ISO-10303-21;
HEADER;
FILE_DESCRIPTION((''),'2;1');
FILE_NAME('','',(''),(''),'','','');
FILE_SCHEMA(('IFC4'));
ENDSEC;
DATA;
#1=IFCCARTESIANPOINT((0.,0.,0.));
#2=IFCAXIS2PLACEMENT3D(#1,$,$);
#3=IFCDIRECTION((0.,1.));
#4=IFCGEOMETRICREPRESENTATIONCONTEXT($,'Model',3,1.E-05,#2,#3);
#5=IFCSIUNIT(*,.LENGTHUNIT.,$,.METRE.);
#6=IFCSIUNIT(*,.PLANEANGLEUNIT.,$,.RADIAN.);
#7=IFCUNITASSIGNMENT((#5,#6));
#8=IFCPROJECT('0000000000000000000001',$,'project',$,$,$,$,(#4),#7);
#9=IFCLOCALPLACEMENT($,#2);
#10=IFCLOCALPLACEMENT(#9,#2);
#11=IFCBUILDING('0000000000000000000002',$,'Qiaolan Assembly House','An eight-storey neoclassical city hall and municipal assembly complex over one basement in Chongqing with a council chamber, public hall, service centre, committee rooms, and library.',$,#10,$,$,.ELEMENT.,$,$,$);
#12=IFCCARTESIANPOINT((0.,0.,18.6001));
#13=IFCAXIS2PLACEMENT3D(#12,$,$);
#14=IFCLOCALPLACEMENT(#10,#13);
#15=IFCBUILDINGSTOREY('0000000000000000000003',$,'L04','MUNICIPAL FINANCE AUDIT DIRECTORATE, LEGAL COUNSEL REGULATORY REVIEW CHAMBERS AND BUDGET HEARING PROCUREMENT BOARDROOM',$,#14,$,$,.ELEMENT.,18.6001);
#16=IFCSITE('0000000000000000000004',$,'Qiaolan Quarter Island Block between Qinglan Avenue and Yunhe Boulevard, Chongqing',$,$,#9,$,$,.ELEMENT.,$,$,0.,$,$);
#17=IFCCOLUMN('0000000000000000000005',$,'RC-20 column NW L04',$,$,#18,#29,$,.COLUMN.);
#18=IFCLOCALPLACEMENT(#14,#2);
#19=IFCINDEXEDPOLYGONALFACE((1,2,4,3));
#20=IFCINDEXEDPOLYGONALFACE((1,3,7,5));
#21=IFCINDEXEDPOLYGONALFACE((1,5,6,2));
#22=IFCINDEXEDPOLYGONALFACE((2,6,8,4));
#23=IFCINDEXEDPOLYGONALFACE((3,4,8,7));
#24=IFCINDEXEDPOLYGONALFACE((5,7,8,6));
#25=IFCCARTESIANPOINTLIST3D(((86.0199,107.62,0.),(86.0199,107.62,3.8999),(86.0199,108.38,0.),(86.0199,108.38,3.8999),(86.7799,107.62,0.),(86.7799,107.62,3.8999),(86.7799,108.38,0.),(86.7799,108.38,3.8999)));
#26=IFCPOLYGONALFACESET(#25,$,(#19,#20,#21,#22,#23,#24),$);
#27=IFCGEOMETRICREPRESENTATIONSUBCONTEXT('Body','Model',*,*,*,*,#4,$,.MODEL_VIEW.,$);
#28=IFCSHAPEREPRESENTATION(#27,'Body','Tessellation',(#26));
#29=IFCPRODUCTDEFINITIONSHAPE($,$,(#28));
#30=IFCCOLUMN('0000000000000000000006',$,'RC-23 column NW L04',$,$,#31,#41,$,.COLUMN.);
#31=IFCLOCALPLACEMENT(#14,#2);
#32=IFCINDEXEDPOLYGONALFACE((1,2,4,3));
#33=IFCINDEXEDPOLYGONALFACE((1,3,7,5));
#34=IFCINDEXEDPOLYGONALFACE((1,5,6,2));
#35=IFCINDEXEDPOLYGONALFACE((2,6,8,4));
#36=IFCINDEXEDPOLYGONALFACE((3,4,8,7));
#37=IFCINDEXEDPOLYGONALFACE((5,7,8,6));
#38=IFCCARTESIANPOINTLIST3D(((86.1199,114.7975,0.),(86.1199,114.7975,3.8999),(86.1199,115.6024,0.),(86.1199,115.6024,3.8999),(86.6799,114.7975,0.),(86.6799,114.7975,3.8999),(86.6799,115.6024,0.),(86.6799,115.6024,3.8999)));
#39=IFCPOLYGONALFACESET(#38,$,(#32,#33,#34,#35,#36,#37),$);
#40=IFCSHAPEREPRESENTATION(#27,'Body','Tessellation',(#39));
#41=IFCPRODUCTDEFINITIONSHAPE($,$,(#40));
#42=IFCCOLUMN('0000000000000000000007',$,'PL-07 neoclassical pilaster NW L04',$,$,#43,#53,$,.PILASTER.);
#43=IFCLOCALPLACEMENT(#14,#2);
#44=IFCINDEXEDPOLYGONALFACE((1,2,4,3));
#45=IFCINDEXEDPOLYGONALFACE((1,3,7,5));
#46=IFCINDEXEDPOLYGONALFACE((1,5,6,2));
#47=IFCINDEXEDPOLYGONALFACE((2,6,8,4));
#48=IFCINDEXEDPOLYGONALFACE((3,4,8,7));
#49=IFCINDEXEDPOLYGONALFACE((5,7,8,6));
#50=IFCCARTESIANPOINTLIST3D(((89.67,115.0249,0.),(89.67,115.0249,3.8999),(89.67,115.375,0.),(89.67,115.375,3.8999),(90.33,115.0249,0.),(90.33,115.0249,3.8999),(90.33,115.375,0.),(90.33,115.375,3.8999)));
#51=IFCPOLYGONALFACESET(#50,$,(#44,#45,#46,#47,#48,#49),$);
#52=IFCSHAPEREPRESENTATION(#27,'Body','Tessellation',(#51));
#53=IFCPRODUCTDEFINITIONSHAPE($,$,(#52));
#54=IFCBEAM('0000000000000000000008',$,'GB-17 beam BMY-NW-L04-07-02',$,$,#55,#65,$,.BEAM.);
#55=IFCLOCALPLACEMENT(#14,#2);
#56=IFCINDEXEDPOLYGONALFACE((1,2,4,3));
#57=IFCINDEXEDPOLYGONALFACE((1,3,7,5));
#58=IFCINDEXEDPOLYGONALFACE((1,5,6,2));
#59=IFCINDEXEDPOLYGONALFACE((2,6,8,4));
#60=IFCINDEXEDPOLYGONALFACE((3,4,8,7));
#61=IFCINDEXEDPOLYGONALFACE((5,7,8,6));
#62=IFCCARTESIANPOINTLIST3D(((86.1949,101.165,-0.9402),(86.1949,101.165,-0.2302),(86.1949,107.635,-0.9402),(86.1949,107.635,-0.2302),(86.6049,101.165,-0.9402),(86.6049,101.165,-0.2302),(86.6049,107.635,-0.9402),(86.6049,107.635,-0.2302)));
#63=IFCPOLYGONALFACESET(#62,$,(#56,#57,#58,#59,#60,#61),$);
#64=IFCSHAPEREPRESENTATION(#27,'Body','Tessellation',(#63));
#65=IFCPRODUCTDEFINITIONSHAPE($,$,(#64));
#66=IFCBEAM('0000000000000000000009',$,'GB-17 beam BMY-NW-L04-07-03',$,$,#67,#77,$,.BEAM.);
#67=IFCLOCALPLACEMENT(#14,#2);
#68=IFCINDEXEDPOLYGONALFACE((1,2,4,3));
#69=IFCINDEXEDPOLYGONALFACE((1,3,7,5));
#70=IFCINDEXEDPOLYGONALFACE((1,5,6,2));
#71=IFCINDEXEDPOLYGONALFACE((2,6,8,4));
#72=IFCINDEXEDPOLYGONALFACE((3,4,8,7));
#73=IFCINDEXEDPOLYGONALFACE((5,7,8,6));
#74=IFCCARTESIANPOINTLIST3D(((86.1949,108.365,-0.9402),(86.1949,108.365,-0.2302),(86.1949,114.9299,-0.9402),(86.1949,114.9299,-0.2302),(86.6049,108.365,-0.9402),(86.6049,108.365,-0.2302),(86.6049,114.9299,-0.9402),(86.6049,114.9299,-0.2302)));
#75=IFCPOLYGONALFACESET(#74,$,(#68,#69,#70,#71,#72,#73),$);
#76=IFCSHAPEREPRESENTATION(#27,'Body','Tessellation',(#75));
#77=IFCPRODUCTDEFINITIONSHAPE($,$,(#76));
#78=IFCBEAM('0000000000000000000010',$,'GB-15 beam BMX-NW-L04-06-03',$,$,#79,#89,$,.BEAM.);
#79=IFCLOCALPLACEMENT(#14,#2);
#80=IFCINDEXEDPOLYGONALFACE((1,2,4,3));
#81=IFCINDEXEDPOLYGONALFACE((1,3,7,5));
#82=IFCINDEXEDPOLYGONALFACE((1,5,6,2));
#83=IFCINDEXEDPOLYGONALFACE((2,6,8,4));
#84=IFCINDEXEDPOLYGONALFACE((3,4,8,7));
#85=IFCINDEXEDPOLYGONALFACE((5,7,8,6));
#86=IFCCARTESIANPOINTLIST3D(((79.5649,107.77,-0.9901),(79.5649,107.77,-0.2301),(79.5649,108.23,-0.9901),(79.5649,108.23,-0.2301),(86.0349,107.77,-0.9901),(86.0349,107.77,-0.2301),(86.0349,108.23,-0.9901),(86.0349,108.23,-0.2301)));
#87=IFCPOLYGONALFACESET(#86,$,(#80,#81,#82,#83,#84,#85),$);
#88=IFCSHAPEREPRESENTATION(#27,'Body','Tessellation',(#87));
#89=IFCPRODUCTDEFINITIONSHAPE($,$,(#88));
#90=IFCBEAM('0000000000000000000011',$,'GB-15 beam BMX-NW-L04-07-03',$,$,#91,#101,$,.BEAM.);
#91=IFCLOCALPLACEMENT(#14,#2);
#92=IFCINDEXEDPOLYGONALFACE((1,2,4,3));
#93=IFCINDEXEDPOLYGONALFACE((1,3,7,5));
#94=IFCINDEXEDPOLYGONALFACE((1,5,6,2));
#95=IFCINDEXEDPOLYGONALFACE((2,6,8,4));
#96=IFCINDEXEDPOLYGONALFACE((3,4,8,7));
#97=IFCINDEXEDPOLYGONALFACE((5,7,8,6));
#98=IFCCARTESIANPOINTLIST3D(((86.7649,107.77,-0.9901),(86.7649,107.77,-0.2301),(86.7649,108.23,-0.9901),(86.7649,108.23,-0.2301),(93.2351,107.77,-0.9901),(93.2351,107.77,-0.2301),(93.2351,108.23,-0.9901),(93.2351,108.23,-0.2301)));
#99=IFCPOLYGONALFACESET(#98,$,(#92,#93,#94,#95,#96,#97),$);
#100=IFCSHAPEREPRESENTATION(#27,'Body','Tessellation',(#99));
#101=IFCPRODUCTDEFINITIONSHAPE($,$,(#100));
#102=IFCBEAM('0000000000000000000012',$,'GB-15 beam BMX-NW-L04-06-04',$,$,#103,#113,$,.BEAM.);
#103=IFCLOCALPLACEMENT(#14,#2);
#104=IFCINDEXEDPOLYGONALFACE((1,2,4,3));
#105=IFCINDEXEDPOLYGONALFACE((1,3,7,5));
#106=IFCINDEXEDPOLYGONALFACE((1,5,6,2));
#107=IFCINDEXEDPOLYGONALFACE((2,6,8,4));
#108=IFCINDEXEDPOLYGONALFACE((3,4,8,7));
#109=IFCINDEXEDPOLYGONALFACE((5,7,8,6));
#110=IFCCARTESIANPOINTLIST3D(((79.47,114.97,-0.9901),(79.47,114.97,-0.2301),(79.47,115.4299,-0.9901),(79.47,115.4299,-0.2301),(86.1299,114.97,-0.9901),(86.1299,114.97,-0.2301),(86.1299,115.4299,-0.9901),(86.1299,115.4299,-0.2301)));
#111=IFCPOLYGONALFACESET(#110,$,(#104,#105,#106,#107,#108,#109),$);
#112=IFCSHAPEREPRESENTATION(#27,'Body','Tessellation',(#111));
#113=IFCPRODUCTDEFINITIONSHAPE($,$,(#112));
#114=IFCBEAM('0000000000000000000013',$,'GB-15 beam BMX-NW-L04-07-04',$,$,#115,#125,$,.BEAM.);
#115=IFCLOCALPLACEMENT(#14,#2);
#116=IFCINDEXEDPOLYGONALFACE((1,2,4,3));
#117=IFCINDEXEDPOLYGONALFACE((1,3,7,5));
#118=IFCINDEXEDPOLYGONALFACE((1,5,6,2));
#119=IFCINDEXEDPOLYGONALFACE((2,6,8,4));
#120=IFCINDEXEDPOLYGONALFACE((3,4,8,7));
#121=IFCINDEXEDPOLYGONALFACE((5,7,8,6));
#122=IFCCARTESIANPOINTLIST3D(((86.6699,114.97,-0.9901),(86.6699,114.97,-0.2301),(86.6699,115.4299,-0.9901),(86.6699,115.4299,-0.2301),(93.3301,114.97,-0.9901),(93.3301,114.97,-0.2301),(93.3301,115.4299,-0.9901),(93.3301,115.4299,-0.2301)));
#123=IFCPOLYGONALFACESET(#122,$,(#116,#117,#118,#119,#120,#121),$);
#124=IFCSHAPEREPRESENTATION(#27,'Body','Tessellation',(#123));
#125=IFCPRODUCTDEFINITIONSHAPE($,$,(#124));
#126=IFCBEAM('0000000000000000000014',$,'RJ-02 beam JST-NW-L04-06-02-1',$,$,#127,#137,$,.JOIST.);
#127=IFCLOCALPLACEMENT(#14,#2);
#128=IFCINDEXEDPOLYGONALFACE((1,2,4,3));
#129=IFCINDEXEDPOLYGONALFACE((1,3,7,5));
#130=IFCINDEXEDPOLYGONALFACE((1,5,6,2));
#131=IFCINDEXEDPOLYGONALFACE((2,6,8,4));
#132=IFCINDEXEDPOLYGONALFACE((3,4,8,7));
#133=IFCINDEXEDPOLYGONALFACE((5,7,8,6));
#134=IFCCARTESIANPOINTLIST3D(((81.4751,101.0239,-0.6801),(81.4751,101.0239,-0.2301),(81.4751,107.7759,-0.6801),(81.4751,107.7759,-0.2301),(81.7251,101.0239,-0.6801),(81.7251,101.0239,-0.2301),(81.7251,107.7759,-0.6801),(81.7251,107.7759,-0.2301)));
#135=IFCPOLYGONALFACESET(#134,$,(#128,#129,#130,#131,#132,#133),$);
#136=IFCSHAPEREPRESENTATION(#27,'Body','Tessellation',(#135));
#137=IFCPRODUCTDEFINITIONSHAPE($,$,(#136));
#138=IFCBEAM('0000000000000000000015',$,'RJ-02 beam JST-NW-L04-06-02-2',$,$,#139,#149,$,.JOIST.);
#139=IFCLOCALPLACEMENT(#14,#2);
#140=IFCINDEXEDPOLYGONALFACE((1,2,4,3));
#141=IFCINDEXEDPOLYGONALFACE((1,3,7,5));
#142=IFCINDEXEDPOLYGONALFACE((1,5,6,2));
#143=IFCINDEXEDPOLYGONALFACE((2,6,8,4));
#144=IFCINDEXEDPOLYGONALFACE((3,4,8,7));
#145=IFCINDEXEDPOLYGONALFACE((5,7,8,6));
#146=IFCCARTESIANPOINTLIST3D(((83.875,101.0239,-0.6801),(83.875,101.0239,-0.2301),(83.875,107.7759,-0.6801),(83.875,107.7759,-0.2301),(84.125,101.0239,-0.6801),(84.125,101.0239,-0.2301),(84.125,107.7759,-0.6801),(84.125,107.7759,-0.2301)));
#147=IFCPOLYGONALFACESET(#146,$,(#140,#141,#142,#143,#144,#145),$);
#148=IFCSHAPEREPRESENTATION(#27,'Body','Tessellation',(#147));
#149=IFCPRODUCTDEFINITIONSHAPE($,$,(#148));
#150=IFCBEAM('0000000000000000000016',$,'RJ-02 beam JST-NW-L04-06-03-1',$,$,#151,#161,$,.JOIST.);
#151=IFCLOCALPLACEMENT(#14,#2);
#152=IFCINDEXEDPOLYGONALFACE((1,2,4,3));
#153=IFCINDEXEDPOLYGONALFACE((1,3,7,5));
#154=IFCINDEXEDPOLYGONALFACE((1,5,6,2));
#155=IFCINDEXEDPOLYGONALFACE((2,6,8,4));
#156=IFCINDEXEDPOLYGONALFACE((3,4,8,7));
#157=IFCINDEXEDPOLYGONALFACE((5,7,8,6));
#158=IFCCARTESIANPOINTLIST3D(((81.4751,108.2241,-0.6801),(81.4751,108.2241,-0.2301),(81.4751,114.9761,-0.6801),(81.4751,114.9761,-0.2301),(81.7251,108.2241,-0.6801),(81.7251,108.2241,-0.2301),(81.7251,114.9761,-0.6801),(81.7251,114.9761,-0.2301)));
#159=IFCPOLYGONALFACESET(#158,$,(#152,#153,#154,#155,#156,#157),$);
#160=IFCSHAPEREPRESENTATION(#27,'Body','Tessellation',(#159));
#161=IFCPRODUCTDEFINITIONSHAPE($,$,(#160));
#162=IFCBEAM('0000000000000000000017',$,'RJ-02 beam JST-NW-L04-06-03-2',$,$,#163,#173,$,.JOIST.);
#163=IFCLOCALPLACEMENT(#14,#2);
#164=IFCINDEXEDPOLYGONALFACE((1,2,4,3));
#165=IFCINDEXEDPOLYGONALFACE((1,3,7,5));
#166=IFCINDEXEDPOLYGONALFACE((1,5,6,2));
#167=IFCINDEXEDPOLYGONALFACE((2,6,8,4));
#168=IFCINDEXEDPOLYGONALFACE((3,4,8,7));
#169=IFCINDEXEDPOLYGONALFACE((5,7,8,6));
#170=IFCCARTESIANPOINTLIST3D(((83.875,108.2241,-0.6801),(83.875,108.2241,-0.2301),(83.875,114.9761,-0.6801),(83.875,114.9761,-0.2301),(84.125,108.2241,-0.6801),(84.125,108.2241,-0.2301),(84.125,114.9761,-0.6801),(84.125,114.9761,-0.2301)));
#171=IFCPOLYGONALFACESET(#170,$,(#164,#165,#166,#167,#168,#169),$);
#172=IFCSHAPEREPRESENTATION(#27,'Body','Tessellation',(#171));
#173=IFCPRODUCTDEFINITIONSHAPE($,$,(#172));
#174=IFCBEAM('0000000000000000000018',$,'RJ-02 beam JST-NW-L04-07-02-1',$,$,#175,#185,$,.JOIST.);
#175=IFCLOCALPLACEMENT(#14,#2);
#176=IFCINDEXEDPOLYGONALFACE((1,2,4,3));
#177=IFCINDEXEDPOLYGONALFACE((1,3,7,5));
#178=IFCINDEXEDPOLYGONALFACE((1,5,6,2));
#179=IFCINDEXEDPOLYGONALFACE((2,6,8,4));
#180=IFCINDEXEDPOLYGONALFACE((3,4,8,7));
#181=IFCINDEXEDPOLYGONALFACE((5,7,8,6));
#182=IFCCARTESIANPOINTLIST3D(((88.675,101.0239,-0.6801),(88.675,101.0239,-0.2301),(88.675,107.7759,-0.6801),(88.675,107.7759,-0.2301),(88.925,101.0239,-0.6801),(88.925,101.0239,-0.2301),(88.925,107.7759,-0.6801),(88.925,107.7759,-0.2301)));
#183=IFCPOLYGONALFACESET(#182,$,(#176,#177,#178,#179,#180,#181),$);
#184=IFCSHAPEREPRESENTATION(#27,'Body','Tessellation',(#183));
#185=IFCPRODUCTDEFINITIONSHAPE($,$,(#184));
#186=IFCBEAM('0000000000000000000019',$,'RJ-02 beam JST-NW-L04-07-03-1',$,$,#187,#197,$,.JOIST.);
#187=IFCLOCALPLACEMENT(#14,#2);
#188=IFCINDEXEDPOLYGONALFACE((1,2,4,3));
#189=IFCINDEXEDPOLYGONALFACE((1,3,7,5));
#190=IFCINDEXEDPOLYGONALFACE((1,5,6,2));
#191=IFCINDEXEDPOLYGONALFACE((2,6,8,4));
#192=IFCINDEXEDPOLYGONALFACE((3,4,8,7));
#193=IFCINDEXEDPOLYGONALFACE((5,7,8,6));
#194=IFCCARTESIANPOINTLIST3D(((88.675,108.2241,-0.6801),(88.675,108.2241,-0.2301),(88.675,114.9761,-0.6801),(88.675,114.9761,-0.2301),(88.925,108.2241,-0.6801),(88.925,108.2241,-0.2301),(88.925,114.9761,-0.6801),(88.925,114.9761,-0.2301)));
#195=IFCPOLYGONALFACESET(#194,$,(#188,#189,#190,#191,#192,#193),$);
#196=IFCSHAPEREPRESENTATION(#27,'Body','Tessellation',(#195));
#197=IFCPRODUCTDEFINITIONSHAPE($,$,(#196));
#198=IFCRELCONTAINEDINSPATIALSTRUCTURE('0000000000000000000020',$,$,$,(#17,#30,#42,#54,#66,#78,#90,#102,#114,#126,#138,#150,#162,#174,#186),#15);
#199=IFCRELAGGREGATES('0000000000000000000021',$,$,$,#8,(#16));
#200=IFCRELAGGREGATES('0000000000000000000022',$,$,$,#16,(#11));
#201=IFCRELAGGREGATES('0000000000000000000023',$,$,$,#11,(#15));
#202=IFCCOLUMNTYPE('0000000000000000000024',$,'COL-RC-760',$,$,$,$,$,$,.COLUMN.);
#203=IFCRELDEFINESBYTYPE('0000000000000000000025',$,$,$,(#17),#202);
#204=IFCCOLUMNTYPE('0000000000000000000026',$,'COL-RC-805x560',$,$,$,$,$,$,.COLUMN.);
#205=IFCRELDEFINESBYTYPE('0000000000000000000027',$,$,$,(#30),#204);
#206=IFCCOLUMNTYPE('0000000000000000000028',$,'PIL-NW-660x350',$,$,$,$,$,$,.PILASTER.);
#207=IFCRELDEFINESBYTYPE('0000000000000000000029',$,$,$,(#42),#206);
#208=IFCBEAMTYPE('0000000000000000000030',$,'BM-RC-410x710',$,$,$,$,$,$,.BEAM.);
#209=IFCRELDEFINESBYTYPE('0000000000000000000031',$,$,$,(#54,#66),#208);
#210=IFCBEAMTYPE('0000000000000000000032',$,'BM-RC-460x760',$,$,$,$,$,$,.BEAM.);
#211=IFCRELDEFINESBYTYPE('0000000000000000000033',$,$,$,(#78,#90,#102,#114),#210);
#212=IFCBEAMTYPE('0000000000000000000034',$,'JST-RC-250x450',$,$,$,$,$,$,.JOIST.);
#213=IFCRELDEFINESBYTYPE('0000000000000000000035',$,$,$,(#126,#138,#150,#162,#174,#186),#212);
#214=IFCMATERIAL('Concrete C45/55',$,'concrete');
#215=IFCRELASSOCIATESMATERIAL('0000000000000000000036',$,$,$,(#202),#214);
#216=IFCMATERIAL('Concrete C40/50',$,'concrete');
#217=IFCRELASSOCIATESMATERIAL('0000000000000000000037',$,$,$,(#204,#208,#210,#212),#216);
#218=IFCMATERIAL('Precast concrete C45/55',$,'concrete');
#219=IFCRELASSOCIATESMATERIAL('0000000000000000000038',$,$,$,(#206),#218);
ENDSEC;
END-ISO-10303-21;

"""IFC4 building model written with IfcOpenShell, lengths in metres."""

from ifc_helpers import new_model, si_unit, direction, frame, origin, origin_2d, place, context, subcontext, project, spatial, rectangle, extrude, material, material_profile, profile_set, type_object, element, save


model = new_model("IFC4")

# Units and contexts
model_context = context("Model", 3, precision=1e-05, world=origin(), true_north=direction((0.0, 1.0)))
body_context = subcontext(model_context, "Body", "Model", "MODEL_VIEW")
ifc_project = project(units=[si_unit("LENGTHUNIT", "METRE"), si_unit("PLANEANGLEUNIT", "RADIAN")], contexts=[model_context])

# Site, building, storey
site_placement = place(None, origin())
site = spatial("IfcSite", under=ifc_project, at=site_placement, Name="Qiaolan Quarter Island Block between Qinglan Avenue and Yunhe Boulevard, Chongqing", CompositionType="ELEMENT", RefElevation=0.0)
building_placement = place(site_placement, origin())
building = spatial("IfcBuilding", under=site, at=building_placement, Name="Qiaolan Assembly House", Description="An eight-storey neoclassical city hall and municipal assembly complex over one basement in Chongqing with a council chamber, public hall, service centre, committee rooms, and library.", CompositionType="ELEMENT")
storey_placement = place(building_placement, frame((0.0, 0.0, 18.6001)))
storey = spatial("IfcBuildingStorey", under=building, at=storey_placement, Name="L04", Description="MUNICIPAL FINANCE AUDIT DIRECTORATE, LEGAL COUNSEL REGULATORY REVIEW CHAMBERS AND BUDGET HEARING PROCUREMENT BOARDROOM", CompositionType="ELEMENT", Elevation=18.6001)

# Columns
ifc_material_1 = material(Name="Concrete C45/55", Category="concrete")
ifc_material_profile_1 = material_profile(ifc_material_1, rectangle(XDim=0.76, YDim=0.76, at=origin_2d()), Name="RC 760x760")
ifc_profile_set_1 = profile_set([ifc_material_profile_1], Name="Concrete C45/55")
column_type_1 = type_object("IfcColumnType", Name="COL-RC-760", PredefinedType="COLUMN", material=ifc_profile_set_1)
column_1_placement = place(storey_placement, frame((86.3999, 108.0, 0.0), z_axis=(0.0, 0.0, 1.0), x_axis=(1.0, 0.0, 0.0)))
element("IfcColumn", 1, at=column_1_placement, inside=storey, type_object=column_type_1, Name="RC-20 column NW L04", PredefinedType="COLUMN", context=body_context, shape_type="SweptSolid", body=[
    extrude(rectangle(XDim=0.76, YDim=0.76, at=origin_2d()), origin(), (0.0, 0.0, 1.0), 3.8999),
])
ifc_material_2 = material(Name="Concrete C40/50", Category="concrete")
ifc_material_profile_2 = material_profile(ifc_material_2, rectangle(XDim=0.5601, YDim=0.8049, at=origin_2d()), Name="RC 805x560")
ifc_profile_set_2 = profile_set([ifc_material_profile_2], Name="Concrete C40/50")
column_type_2 = type_object("IfcColumnType", Name="COL-RC-805x560", PredefinedType="COLUMN", material=ifc_profile_set_2)
column_2_placement = place(storey_placement, frame((86.3999, 115.2, 0.0), z_axis=(0.0, 0.0, 1.0), x_axis=(1.0, 0.0, 0.0)))
element("IfcColumn", 2, at=column_2_placement, inside=storey, type_object=column_type_2, Name="RC-23 column NW L04", PredefinedType="COLUMN", context=body_context, shape_type="SweptSolid", body=[
    extrude(rectangle(XDim=0.5601, YDim=0.8049, at=origin_2d()), origin(), (0.0, 0.0, 1.0), 3.8999),
])
ifc_material_3 = material(Name="Precast concrete C45/55", Category="concrete")
ifc_material_profile_3 = material_profile(ifc_material_3, rectangle(XDim=0.6599, YDim=0.3501, at=origin_2d()), Name="PIL 660x350")
ifc_profile_set_3 = profile_set([ifc_material_profile_3], Name="Precast concrete C45/55")
column_type_3 = type_object("IfcColumnType", Name="PIL-NW-660x350", PredefinedType="PILASTER", material=ifc_profile_set_3)
column_3_placement = place(storey_placement, frame((90.0, 115.2, 0.0), z_axis=(0.0, 0.0, 1.0), x_axis=(1.0, 0.0, 0.0)))
element("IfcColumn", 3, at=column_3_placement, inside=storey, type_object=column_type_3, Name="PL-07 neoclassical pilaster NW L04", PredefinedType="PILASTER", context=body_context, shape_type="SweptSolid", body=[
    extrude(rectangle(XDim=0.6599, YDim=0.3501, at=origin_2d()), origin(), (0.0, 0.0, 1.0), 3.8999),
])

# Beams
ifc_material_profile_4 = material_profile(ifc_material_2, rectangle(XDim=0.4099, YDim=0.71, at=origin_2d()), Name="RCB 410x710")
ifc_profile_set_4 = profile_set([ifc_material_profile_4], Name="Concrete C40/50")
beam_type_1 = type_object("IfcBeamType", Name="BM-RC-410x710", PredefinedType="BEAM", material=ifc_profile_set_4)
beam_1_placement = place(storey_placement, frame((86.3999, 101.165, -0.5852), z_axis=(0.0, 1.0, 0.0), x_axis=(-1.0, 0.0, 0.0)))
element("IfcBeam", 4, at=beam_1_placement, inside=storey, type_object=beam_type_1, Name="GB-17 beam BMY-NW-L04-07-02", PredefinedType="BEAM", context=body_context, shape_type="SweptSolid", body=[
    extrude(rectangle(XDim=0.4099, YDim=0.71, at=origin_2d()), origin(), (0.0, 0.0, 1.0), 6.47),
])
beam_2_placement = place(storey_placement, frame((86.3999, 108.365, -0.5852), z_axis=(0.0, 1.0, 0.0), x_axis=(-1.0, 0.0, 0.0)))
element("IfcBeam", 5, at=beam_2_placement, inside=storey, type_object=beam_type_1, Name="GB-17 beam BMY-NW-L04-07-03", PredefinedType="BEAM", context=body_context, shape_type="SweptSolid", body=[
    extrude(rectangle(XDim=0.4099, YDim=0.71, at=origin_2d()), origin(), (0.0, 0.0, 1.0), 6.5649),
])
ifc_material_profile_5 = material_profile(ifc_material_2, rectangle(XDim=0.46, YDim=0.76, at=origin_2d()), Name="RCB 460x760")
ifc_profile_set_5 = profile_set([ifc_material_profile_5], Name="Concrete C40/50")
beam_type_2 = type_object("IfcBeamType", Name="BM-RC-460x760", PredefinedType="BEAM", material=ifc_profile_set_5)
beam_3_placement = place(storey_placement, frame((79.5649, 108.0, -0.6101), z_axis=(1.0, 0.0, 0.0), x_axis=(0.0, 1.0, 0.0)))
element("IfcBeam", 6, at=beam_3_placement, inside=storey, type_object=beam_type_2, Name="GB-15 beam BMX-NW-L04-06-03", PredefinedType="BEAM", context=body_context, shape_type="SweptSolid", body=[
    extrude(rectangle(XDim=0.46, YDim=0.76, at=origin_2d()), origin(), (0.0, 0.0, 1.0), 6.47),
])
beam_4_placement = place(storey_placement, frame((86.7649, 108.0, -0.6101), z_axis=(1.0, 0.0, 0.0), x_axis=(0.0, 1.0, 0.0)))
element("IfcBeam", 7, at=beam_4_placement, inside=storey, type_object=beam_type_2, Name="GB-15 beam BMX-NW-L04-07-03", PredefinedType="BEAM", context=body_context, shape_type="SweptSolid", body=[
    extrude(rectangle(XDim=0.46, YDim=0.76, at=origin_2d()), origin(), (0.0, 0.0, 1.0), 6.4702),
])
beam_5_placement = place(storey_placement, frame((79.47, 115.2, -0.6101), z_axis=(1.0, 0.0, 0.0), x_axis=(0.0, 1.0, 0.0)))
element("IfcBeam", 8, at=beam_5_placement, inside=storey, type_object=beam_type_2, Name="GB-15 beam BMX-NW-L04-06-04", PredefinedType="BEAM", context=body_context, shape_type="SweptSolid", body=[
    extrude(rectangle(XDim=0.46, YDim=0.76, at=origin_2d()), origin(), (0.0, 0.0, 1.0), 6.6599),
])
beam_6_placement = place(storey_placement, frame((86.6699, 115.2, -0.6101), z_axis=(1.0, 0.0, 0.0), x_axis=(0.0, 1.0, 0.0)))
element("IfcBeam", 9, at=beam_6_placement, inside=storey, type_object=beam_type_2, Name="GB-15 beam BMX-NW-L04-07-04", PredefinedType="BEAM", context=body_context, shape_type="SweptSolid", body=[
    extrude(rectangle(XDim=0.46, YDim=0.76, at=origin_2d()), origin(), (0.0, 0.0, 1.0), 6.6602),
])
ifc_material_profile_6 = material_profile(ifc_material_2, rectangle(XDim=0.25, YDim=0.45, at=origin_2d()), Name="RCB 250x450")
ifc_profile_set_6 = profile_set([ifc_material_profile_6], Name="Concrete C40/50")
beam_type_3 = type_object("IfcBeamType", Name="JST-RC-250x450", PredefinedType="JOIST", material=ifc_profile_set_6)
for number, where, z_axis, x_axis, name in (
    (10, (81.6001, 101.0239, -0.4551), (0.0, 1.0, 0.0), (-1.0, 0.0, 0.0), "RJ-02 beam JST-NW-L04-06-02-1"),
    (11, (84.0, 101.0239, -0.4551), (0.0, 1.0, 0.0), (-1.0, 0.0, 0.0), "RJ-02 beam JST-NW-L04-06-02-2"),
    (12, (81.6001, 108.2241, -0.4551), (0.0, 1.0, 0.0), (-1.0, 0.0, 0.0), "RJ-02 beam JST-NW-L04-06-03-1"),
    (13, (84.0, 108.2241, -0.4551), (0.0, 1.0, 0.0), (-1.0, 0.0, 0.0), "RJ-02 beam JST-NW-L04-06-03-2"),
    (14, (88.8, 101.0239, -0.4551), (0.0, 1.0, 0.0), (-1.0, 0.0, 0.0), "RJ-02 beam JST-NW-L04-07-02-1"),
    (15, (88.8, 108.2241, -0.4551), (0.0, 1.0, 0.0), (-1.0, 0.0, 0.0), "RJ-02 beam JST-NW-L04-07-03-1"),
):
    element("IfcBeam", number, at=place(storey_placement, frame(where, z_axis=z_axis, x_axis=x_axis)), inside=storey, type_object=beam_type_3, Name=name, PredefinedType="JOIST", context=body_context, shape_type="SweptSolid", body=[
        extrude(rectangle(XDim=0.25, YDim=0.45, at=origin_2d()), origin(), (0.0, 0.0, 1.0), 6.752),
    ])

save(model, "model.ifc")
